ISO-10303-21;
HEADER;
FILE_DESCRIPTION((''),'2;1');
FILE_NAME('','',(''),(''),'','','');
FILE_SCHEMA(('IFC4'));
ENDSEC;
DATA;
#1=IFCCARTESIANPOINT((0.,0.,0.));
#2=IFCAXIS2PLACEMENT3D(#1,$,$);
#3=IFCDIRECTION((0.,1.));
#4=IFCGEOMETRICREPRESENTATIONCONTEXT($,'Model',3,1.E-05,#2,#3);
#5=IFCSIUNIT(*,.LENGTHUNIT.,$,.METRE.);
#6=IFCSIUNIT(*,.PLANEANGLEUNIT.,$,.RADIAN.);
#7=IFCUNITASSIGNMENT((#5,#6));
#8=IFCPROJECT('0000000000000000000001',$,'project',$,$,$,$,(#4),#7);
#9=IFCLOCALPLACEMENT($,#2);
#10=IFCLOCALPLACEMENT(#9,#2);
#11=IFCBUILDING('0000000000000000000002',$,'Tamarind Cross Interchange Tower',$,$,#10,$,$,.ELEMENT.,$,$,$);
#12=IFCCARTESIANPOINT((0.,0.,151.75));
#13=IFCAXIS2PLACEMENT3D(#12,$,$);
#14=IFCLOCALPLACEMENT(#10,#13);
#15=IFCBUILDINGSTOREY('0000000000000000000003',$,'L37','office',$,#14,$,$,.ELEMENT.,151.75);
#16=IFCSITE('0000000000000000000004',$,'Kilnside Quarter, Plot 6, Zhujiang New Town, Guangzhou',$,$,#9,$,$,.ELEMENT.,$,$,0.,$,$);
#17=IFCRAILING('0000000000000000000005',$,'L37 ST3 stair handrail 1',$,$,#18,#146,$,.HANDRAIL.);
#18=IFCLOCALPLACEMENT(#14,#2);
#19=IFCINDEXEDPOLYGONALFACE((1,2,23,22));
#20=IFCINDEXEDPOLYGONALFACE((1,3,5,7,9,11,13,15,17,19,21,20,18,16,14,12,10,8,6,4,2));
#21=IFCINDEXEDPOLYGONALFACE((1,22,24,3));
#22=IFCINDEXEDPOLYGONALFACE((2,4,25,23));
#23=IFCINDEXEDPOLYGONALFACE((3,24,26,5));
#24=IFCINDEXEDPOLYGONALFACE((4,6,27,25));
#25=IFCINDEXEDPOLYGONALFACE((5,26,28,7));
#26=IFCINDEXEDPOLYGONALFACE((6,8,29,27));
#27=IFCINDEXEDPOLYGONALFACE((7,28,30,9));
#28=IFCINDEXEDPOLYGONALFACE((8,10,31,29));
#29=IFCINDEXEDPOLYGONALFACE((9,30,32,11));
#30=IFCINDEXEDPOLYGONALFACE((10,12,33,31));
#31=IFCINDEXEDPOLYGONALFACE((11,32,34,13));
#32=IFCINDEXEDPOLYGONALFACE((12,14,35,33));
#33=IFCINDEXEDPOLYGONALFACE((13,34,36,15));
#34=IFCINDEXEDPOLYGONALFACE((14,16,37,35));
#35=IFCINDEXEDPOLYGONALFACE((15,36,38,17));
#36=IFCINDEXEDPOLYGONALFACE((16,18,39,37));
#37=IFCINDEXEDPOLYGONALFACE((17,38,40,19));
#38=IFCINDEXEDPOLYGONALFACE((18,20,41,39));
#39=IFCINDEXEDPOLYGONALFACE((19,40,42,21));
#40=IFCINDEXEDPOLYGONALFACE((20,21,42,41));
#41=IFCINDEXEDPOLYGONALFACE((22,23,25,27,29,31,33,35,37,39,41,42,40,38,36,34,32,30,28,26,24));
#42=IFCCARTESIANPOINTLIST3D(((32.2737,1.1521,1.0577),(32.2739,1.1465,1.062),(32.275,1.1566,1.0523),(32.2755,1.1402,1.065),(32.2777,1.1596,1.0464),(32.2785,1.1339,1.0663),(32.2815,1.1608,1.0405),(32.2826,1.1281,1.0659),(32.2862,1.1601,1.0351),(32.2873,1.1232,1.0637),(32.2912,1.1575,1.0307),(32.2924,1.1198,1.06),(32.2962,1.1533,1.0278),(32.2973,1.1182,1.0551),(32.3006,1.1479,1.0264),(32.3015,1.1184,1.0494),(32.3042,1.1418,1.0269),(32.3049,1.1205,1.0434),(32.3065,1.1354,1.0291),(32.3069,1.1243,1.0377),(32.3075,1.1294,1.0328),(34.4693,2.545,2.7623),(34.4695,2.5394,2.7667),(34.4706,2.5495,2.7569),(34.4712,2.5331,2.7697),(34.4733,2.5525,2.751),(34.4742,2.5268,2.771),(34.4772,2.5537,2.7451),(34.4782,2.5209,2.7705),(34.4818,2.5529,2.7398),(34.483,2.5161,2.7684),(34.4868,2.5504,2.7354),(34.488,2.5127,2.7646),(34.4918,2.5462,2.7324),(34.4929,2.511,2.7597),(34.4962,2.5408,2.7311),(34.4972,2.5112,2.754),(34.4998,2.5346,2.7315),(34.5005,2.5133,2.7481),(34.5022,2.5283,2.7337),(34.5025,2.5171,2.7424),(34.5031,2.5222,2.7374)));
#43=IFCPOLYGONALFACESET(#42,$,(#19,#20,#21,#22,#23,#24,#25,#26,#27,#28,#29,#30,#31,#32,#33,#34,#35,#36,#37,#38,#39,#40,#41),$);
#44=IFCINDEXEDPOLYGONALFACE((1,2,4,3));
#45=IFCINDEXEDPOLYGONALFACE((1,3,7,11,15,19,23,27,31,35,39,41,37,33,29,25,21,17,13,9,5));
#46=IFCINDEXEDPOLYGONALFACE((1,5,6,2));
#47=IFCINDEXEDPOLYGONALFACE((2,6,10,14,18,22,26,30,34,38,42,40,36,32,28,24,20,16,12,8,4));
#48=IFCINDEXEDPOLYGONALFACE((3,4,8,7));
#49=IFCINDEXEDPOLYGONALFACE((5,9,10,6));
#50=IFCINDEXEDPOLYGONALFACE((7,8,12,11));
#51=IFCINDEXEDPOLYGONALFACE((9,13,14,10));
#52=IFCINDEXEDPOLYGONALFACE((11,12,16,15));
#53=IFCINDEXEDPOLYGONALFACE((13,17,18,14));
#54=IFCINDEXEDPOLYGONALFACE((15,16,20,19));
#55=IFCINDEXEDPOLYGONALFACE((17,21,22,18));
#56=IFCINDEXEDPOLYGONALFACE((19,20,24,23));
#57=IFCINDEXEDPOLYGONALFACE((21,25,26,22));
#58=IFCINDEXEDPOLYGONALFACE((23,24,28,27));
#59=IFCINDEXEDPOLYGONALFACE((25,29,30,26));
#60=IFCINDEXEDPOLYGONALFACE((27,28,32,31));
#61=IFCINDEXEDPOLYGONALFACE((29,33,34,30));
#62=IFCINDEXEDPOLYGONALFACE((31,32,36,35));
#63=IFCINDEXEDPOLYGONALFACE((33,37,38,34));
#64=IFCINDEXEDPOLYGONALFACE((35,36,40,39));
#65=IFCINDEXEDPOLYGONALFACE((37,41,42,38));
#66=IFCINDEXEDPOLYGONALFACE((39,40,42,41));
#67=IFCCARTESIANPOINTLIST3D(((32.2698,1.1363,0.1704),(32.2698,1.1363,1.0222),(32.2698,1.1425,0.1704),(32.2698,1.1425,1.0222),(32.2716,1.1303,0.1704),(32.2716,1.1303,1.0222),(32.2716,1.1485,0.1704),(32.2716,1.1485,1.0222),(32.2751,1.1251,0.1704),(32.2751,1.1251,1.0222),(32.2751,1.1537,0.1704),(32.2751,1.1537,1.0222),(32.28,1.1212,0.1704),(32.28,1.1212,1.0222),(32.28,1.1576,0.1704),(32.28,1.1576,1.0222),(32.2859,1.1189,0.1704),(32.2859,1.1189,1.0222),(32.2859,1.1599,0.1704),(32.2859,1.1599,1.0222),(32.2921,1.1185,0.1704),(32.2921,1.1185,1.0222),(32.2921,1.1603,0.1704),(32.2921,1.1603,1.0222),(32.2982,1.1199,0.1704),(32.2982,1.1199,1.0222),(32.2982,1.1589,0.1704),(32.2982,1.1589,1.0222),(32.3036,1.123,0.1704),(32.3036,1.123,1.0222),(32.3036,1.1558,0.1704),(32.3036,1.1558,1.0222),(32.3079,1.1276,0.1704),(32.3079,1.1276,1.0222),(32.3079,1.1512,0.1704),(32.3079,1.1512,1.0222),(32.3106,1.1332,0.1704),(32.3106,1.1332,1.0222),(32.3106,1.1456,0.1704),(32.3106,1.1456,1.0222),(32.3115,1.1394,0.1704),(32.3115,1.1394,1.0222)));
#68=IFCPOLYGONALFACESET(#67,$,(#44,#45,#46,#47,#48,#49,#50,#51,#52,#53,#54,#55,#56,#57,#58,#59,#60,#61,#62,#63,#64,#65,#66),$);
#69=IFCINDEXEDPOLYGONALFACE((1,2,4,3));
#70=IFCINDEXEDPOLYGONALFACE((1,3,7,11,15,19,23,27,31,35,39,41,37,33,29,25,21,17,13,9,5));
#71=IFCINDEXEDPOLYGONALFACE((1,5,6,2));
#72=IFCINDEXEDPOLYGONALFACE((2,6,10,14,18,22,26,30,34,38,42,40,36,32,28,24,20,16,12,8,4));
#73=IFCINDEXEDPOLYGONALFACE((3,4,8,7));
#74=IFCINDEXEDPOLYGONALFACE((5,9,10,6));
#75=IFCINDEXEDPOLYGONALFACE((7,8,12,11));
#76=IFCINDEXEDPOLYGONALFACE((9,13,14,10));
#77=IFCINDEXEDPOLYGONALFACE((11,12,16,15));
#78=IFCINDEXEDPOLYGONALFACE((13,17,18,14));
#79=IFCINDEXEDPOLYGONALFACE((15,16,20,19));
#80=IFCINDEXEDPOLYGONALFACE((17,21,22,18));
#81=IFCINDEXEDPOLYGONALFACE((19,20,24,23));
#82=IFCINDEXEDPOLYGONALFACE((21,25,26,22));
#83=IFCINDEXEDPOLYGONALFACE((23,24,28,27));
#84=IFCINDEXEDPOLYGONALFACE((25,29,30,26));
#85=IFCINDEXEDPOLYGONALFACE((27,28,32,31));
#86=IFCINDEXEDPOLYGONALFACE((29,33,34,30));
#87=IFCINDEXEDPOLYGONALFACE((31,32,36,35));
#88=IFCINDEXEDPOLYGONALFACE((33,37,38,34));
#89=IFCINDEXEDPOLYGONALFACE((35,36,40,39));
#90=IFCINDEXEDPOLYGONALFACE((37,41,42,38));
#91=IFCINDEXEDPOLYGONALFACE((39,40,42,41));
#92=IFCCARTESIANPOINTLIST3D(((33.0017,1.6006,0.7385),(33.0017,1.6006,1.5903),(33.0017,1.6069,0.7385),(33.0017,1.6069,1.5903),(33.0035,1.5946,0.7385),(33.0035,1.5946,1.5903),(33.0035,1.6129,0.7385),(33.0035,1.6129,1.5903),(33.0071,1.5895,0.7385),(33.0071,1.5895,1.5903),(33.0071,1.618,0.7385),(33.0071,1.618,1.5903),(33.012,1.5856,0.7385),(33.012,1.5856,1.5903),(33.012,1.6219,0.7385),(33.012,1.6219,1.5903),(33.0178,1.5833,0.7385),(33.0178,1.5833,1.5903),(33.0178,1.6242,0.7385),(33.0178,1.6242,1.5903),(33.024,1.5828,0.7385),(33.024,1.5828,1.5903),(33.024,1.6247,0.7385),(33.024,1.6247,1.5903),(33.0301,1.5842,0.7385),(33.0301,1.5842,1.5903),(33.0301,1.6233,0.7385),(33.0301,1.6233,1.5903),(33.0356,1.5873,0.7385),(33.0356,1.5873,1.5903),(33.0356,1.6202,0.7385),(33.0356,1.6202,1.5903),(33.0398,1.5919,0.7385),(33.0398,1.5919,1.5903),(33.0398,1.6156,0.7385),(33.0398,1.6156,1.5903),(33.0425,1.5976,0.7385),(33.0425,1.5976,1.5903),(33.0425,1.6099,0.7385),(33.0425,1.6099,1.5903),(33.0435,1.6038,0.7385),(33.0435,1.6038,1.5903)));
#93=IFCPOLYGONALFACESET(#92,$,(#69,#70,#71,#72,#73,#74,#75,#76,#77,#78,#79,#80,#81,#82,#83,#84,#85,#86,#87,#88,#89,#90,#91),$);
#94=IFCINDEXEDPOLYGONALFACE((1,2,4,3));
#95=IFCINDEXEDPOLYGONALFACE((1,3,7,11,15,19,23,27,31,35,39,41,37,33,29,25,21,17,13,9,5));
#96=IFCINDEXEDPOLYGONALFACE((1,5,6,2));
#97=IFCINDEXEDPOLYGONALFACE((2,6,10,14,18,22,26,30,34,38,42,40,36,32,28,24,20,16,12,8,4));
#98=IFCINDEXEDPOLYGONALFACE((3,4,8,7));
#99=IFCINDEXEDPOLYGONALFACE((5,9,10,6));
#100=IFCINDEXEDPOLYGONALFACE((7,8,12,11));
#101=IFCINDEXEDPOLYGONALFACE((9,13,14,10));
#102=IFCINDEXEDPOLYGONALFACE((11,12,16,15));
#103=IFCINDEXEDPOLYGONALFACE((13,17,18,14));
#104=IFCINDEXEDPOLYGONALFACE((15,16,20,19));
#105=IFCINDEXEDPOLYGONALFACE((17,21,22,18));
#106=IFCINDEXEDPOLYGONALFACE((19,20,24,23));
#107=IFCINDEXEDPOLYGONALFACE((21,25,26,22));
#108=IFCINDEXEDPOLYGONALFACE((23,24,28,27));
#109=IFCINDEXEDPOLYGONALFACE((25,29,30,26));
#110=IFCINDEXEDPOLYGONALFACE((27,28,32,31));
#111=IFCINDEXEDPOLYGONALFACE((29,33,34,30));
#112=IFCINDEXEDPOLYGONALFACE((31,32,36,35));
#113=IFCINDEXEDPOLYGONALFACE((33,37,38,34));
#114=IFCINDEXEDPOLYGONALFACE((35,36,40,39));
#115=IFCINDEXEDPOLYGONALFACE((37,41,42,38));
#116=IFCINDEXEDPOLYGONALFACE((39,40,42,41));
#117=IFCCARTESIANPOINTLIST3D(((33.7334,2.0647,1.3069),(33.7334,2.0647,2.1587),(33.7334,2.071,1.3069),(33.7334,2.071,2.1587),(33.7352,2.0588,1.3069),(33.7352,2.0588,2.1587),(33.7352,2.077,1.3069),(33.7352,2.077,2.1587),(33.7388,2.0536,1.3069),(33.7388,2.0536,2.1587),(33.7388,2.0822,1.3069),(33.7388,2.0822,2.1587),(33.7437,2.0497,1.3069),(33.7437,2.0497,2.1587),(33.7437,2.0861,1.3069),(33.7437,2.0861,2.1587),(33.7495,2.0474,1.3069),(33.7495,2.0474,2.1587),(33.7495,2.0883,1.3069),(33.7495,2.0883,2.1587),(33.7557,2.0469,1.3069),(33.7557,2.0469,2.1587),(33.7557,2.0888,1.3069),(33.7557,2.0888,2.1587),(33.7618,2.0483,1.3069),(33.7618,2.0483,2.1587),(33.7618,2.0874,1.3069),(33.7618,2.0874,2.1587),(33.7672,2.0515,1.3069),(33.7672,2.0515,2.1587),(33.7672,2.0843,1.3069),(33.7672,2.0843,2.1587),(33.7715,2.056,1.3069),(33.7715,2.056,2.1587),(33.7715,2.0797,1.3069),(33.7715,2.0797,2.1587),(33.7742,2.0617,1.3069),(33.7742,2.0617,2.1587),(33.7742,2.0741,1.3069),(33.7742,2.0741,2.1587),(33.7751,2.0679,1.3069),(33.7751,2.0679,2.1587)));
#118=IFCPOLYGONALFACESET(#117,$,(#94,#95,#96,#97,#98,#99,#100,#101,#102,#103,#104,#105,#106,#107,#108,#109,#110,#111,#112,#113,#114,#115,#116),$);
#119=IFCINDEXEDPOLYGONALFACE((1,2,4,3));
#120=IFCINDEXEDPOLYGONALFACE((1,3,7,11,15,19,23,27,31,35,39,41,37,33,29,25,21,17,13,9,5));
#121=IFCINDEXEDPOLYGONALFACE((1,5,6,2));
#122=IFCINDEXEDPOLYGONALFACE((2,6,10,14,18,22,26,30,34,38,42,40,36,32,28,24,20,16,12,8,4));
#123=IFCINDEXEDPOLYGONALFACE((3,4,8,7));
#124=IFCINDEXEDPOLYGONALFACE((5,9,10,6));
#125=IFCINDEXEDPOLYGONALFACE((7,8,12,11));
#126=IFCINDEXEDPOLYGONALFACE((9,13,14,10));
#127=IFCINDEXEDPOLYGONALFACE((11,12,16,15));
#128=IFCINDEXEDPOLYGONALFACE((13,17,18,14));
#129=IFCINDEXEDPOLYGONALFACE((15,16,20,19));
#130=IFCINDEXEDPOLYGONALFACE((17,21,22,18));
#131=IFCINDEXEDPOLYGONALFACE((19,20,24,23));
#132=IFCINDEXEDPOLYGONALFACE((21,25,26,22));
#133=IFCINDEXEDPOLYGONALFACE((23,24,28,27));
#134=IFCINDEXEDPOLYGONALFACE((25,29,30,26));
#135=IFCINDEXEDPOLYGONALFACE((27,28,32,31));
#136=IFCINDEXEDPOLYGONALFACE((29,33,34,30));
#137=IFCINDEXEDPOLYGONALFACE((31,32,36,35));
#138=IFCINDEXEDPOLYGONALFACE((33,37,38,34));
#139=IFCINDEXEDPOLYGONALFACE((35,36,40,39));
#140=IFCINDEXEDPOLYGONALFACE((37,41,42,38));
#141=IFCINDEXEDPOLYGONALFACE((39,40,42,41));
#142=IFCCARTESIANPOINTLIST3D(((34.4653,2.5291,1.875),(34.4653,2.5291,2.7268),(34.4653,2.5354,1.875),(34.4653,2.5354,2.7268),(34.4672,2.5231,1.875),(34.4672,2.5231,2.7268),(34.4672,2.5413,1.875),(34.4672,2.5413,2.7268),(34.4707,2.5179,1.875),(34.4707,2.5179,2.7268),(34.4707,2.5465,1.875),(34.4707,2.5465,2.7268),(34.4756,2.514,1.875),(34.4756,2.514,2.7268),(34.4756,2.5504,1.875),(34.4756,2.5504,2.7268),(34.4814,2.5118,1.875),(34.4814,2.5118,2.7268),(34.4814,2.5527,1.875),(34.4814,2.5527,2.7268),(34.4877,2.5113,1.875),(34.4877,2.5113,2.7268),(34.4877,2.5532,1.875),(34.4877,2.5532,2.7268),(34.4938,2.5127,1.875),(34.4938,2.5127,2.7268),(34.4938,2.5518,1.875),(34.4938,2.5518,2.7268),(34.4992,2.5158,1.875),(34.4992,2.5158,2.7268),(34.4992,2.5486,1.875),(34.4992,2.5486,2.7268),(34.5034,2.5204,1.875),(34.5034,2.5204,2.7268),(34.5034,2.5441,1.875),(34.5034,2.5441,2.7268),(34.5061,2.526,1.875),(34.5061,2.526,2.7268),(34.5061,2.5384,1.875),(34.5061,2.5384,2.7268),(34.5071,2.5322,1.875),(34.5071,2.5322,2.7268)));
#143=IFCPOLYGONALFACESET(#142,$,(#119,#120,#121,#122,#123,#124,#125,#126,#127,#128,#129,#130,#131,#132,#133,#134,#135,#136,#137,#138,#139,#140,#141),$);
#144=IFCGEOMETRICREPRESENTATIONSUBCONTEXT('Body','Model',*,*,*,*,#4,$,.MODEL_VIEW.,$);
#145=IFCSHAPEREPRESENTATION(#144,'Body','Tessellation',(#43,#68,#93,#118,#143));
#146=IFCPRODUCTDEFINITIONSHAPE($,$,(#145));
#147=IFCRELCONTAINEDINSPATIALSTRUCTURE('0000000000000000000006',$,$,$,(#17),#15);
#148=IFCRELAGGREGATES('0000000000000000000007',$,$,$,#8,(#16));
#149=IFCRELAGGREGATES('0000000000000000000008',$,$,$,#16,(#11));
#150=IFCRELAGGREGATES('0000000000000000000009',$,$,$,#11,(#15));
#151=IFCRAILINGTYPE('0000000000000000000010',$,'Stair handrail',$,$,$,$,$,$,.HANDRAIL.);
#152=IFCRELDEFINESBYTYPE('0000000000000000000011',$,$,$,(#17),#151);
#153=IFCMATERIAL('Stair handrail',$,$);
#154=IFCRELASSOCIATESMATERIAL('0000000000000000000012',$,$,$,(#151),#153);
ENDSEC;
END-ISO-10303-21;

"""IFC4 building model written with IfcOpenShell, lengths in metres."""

from ifc_helpers import new_model, si_unit, direction, frame, origin, origin_2d, place, context, subcontext, project, spatial, circle, extrude, material, type_object, element, save


model = new_model("IFC4")

# Units and contexts
model_context = context("Model", 3, precision=1e-05, world=origin(), true_north=direction((0.0, 1.0)))
body_context = subcontext(model_context, "Body", "Model", "MODEL_VIEW")
ifc_project = project(units=[si_unit("LENGTHUNIT", "METRE"), si_unit("PLANEANGLEUNIT", "RADIAN")], contexts=[model_context])

# Site, building, storey
site_placement = place(None, origin())
site = spatial("IfcSite", under=ifc_project, at=site_placement, Name="Kilnside Quarter, Plot 6, Zhujiang New Town, Guangzhou", CompositionType="ELEMENT", RefElevation=0.0)
building_placement = place(site_placement, origin())
building = spatial("IfcBuilding", under=site, at=building_placement, Name="Tamarind Cross Interchange Tower", CompositionType="ELEMENT")
storey_placement = place(building_placement, frame((0.0, 0.0, 151.75)))
storey = spatial("IfcBuildingStorey", under=building, at=storey_placement, Name="L37", Description="office", CompositionType="ELEMENT", Elevation=151.75)

# Railing
ifc_material_1 = material(Name="Stair handrail")
railing_type_1 = type_object("IfcRailingType", Name="Stair handrail", PredefinedType="HANDRAIL", material=ifc_material_1)
railing_1_placement = place(storey_placement, frame((32.2905, 1.1394, 0.1704)))
element("IfcRailing", 1, at=railing_1_placement, inside=storey, type_object=railing_type_1, Name="L37 ST3 stair handrail 1", PredefinedType="HANDRAIL", context=body_context, shape_type="SweptSolid", body=[
    extrude(circle(Radius=0.0239, at=origin_2d()), frame((0.0, 0.0, 0.876), z_axis=(0.706188, 0.447993, 0.548271), x_axis=(-0.535684, 0.844418, 0.0)), (0.0, 0.0, 1.0), 3.1091),
    extrude(circle(Radius=0.021, at=origin_2d()), origin(), (0.0, 0.0, 1.0), 0.8518),
    extrude(circle(Radius=0.021, at=origin_2d()), frame((0.7319, 0.4644, 0.5681)), (0.0, 0.0, 1.0), 0.8518),
    extrude(circle(Radius=0.021, at=origin_2d()), frame((1.4636, 0.9285, 1.1365)), (0.0, 0.0, 1.0), 0.8518),
    extrude(circle(Radius=0.021, at=origin_2d()), frame((2.1956, 1.3928, 1.7046)), (0.0, 0.0, 1.0), 0.8518),
])

save(model, "model.ifc")
